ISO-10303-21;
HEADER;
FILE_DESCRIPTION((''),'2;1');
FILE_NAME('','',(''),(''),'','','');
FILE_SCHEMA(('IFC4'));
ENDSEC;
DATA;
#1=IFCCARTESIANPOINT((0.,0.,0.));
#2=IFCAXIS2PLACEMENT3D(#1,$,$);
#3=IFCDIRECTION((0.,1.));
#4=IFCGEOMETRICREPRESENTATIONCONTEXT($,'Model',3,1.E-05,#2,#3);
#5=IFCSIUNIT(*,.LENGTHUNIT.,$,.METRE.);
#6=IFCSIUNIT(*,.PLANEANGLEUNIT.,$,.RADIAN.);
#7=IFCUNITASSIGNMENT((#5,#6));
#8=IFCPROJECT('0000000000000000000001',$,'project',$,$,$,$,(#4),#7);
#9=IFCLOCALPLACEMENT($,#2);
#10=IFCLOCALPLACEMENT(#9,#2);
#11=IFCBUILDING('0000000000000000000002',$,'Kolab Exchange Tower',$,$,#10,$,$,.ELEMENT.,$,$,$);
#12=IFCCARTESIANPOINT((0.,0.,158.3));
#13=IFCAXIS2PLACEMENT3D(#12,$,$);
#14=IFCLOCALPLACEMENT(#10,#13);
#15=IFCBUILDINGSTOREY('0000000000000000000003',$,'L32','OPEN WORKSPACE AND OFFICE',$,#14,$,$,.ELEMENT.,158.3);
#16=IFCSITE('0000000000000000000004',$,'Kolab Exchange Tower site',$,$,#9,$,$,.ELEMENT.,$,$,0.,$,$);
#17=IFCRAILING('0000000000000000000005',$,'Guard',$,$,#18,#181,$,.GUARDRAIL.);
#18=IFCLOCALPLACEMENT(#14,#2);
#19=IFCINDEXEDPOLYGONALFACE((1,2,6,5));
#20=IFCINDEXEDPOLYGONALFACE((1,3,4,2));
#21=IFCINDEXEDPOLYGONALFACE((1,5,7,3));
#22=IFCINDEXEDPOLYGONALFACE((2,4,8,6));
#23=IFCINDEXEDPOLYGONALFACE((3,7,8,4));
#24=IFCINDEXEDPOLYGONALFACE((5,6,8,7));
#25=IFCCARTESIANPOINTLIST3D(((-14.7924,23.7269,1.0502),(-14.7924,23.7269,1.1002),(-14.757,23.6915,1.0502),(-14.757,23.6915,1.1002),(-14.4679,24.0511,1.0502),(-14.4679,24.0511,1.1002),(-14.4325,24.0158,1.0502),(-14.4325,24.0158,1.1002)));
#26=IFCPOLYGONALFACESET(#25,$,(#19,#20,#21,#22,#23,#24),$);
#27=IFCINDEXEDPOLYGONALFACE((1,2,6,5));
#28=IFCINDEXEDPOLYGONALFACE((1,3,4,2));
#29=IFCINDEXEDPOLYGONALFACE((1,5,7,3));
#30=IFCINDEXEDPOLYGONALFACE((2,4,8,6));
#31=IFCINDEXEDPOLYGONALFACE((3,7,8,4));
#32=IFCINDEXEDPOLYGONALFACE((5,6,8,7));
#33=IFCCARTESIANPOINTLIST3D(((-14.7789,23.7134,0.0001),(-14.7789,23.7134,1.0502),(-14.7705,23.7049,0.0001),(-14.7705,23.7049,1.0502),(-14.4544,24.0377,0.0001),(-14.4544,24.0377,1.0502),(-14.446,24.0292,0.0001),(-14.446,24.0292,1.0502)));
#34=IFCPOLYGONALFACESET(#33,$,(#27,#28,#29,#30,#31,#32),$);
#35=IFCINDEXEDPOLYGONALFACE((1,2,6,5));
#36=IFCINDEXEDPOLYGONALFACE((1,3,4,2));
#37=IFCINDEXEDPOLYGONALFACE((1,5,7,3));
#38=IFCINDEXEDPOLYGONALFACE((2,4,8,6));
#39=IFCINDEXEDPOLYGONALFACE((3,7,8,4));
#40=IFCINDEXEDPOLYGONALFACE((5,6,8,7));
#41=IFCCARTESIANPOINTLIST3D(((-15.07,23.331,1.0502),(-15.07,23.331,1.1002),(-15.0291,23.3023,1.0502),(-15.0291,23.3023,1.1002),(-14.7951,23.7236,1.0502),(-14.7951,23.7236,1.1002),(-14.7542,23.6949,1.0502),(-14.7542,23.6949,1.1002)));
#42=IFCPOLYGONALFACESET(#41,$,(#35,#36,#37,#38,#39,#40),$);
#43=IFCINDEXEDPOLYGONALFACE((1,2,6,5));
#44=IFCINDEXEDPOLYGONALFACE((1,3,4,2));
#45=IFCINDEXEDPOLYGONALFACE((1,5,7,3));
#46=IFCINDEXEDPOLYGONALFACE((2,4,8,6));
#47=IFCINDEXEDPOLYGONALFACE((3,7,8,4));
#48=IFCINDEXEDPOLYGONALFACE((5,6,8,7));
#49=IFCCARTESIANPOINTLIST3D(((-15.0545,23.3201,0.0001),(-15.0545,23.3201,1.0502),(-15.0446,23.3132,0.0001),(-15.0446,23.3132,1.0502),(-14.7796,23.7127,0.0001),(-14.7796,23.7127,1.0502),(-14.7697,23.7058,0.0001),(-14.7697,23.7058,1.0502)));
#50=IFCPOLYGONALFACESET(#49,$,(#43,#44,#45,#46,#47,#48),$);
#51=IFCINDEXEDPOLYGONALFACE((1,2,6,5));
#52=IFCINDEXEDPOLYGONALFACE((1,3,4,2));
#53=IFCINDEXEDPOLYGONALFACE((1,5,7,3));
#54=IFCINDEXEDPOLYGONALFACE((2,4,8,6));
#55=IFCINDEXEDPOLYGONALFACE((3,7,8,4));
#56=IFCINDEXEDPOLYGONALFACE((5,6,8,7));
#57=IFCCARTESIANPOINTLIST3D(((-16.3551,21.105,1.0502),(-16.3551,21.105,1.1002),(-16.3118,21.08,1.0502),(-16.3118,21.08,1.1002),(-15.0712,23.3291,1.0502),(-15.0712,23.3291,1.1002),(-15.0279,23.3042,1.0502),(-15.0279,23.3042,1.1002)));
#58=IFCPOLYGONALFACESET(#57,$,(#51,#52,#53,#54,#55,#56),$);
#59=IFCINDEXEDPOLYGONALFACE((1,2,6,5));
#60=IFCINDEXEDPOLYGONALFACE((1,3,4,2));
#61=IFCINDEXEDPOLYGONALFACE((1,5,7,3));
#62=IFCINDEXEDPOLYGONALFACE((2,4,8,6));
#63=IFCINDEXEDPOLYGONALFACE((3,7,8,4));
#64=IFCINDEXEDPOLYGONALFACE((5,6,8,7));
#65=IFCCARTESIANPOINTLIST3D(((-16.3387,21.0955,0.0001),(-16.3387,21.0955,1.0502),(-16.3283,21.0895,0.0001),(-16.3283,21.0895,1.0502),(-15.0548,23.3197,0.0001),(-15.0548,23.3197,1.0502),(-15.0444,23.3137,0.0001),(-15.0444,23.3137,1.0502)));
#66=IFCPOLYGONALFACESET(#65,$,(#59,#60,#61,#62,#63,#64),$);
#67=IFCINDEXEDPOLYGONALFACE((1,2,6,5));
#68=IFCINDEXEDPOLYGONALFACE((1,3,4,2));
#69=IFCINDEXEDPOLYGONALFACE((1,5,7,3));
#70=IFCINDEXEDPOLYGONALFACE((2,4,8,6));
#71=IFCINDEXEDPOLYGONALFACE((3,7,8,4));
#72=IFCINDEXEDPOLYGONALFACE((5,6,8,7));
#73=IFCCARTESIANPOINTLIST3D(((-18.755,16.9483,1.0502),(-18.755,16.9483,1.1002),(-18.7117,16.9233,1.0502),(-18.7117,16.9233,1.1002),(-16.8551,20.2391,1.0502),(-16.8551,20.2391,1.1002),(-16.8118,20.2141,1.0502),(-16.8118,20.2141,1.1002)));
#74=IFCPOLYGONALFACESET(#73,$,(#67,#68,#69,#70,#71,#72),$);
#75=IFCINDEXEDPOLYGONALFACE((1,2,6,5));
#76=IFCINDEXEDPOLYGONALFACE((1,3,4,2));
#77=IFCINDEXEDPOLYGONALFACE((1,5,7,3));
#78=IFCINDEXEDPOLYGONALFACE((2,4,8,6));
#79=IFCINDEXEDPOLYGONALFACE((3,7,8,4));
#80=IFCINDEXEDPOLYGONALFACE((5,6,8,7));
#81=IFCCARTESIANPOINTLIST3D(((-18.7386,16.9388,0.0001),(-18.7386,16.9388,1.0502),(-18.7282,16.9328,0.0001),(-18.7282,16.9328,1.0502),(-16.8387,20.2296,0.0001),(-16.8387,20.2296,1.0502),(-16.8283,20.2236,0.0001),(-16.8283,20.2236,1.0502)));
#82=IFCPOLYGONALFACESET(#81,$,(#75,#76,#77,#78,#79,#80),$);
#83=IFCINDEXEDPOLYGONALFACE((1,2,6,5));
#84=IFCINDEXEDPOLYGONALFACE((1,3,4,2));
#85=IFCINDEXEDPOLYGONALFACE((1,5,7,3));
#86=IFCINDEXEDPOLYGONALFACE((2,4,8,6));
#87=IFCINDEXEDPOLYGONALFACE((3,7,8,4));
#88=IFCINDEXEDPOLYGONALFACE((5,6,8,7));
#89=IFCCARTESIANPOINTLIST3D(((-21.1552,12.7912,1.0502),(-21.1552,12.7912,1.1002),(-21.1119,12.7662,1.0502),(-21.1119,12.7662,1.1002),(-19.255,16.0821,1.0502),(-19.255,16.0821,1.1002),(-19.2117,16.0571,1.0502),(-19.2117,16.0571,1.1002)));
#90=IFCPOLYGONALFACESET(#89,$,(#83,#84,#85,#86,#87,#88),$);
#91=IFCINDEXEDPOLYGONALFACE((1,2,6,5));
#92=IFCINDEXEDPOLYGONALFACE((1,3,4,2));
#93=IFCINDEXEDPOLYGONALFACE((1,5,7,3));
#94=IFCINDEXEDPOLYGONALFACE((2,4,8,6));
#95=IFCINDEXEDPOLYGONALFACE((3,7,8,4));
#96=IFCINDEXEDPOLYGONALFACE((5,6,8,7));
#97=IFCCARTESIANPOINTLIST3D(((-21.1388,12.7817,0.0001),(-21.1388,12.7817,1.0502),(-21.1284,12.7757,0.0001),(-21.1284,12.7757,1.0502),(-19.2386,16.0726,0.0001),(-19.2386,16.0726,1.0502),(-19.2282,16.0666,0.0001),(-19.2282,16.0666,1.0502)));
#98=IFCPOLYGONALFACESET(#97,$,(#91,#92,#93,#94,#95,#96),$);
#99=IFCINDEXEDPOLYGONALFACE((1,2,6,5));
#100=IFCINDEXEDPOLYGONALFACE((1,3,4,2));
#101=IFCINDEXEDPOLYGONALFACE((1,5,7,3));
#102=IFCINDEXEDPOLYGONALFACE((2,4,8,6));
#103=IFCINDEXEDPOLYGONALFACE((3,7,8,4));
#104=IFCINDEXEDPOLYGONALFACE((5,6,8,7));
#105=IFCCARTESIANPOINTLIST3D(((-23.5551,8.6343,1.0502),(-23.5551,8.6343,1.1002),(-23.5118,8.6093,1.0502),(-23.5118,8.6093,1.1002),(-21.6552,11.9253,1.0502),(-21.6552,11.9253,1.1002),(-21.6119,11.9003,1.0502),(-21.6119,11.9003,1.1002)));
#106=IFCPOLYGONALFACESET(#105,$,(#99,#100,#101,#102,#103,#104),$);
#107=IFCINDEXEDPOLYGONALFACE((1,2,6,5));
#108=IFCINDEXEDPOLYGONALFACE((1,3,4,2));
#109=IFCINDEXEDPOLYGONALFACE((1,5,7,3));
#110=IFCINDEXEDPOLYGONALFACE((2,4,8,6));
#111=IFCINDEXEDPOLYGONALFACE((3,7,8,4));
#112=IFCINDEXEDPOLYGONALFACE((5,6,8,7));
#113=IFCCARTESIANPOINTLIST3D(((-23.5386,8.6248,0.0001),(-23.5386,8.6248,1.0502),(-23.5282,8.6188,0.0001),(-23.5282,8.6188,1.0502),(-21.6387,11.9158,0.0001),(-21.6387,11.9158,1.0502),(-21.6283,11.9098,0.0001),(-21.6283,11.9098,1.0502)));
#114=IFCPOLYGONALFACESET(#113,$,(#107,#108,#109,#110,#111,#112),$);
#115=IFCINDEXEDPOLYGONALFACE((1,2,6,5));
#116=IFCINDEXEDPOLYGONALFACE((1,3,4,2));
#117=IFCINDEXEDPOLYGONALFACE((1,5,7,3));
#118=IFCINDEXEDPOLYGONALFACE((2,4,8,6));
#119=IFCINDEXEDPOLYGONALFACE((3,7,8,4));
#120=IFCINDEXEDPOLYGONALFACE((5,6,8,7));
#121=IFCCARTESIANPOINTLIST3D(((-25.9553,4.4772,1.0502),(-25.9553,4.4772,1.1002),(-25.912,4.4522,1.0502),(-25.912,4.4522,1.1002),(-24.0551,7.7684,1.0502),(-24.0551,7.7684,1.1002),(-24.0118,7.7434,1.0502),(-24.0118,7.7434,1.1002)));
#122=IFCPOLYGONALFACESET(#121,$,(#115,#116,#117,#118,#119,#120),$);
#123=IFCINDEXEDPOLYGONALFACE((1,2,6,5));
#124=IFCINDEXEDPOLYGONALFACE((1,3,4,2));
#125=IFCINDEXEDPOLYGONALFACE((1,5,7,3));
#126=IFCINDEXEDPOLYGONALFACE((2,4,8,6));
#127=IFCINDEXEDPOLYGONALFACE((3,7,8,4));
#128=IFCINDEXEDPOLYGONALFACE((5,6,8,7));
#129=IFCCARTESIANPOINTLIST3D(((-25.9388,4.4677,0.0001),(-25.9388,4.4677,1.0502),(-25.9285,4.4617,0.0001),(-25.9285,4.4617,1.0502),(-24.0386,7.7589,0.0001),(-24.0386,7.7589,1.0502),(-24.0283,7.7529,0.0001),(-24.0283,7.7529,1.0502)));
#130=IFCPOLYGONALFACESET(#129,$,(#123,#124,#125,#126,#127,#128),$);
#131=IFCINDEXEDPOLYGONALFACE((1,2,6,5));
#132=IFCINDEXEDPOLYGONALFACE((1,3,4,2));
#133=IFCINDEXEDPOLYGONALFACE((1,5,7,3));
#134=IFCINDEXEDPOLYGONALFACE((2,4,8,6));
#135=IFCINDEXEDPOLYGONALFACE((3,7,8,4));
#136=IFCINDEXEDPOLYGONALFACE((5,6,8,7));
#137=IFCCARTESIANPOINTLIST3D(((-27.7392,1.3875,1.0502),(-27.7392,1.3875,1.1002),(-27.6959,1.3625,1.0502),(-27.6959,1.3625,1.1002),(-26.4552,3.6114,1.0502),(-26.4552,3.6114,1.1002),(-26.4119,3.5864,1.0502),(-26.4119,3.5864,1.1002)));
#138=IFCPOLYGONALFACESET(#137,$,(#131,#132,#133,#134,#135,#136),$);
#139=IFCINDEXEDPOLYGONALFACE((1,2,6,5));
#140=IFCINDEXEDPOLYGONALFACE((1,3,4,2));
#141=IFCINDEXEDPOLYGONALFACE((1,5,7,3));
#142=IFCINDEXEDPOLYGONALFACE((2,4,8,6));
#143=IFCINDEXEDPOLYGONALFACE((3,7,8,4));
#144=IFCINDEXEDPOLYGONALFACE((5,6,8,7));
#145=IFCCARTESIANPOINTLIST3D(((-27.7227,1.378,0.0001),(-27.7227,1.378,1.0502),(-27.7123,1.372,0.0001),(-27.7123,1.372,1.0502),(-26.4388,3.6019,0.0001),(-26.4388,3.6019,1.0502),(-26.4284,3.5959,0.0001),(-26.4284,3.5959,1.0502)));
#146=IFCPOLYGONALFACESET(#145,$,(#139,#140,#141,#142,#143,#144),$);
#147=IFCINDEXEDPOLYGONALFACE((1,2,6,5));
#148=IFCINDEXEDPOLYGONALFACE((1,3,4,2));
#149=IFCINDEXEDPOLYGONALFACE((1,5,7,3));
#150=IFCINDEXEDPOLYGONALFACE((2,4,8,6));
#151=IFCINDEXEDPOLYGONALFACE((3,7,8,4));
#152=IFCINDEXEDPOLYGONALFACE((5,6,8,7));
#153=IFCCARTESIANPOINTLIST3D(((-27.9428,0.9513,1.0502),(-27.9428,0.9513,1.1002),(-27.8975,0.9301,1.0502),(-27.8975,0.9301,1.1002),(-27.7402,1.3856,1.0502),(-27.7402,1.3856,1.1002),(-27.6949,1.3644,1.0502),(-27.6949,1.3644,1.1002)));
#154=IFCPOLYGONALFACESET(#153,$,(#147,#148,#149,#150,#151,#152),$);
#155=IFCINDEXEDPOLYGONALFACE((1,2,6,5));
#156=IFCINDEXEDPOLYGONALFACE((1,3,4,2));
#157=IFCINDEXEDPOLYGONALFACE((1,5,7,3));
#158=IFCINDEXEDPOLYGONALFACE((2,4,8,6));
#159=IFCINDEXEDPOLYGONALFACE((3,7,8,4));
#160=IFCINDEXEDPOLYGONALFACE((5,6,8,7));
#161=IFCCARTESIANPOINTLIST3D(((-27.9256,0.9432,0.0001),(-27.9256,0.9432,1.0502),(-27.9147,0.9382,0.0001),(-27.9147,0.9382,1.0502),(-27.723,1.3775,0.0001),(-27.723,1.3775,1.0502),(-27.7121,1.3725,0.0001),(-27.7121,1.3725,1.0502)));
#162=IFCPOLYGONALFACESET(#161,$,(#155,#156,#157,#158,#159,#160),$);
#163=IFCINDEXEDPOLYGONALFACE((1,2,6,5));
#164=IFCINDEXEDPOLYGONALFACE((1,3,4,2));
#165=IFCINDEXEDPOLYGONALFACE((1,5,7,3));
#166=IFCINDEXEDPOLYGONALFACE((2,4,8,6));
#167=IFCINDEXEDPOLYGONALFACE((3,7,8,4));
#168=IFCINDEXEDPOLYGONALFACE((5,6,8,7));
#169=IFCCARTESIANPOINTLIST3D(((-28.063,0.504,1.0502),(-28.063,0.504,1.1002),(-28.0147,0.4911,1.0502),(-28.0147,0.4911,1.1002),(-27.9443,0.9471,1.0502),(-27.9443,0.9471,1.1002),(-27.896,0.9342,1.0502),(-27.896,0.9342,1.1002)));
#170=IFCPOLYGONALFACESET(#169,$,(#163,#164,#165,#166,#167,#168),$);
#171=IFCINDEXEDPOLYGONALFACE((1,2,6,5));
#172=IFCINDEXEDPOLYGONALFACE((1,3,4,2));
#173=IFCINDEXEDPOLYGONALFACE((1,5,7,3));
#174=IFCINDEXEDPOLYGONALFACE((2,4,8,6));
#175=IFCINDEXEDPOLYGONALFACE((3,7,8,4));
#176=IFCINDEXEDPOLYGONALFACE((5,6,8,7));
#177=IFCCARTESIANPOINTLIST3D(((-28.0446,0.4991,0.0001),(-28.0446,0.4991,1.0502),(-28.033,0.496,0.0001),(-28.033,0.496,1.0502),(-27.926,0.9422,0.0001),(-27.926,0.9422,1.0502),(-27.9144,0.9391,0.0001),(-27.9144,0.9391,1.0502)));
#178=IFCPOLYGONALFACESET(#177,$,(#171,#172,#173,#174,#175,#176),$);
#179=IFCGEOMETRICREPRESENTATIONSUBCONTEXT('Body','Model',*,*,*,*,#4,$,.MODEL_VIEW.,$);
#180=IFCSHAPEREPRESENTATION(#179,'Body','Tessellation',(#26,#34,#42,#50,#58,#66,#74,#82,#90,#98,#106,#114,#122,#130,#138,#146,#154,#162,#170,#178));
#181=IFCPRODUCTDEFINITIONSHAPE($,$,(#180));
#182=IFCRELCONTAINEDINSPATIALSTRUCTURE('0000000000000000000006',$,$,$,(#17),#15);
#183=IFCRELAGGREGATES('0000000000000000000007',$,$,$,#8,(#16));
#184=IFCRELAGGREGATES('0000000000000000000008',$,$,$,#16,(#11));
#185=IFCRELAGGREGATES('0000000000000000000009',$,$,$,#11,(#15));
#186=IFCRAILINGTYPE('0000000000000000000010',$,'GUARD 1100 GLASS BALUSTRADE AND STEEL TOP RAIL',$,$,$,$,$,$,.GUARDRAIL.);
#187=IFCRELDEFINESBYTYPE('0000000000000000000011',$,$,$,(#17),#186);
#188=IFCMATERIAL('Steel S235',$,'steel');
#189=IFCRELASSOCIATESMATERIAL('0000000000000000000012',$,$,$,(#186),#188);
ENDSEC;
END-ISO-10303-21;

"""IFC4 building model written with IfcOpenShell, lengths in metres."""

from ifc_helpers import new_model, si_unit, direction, frame, frame_2d, origin, origin_2d, place, context, subcontext, project, spatial, rectangle, extrude, material, type_object, element, save


model = new_model("IFC4")

# Units and contexts
model_context = context("Model", 3, precision=1e-05, world=origin(), true_north=direction((0.0, 1.0)))
body_context = subcontext(model_context, "Body", "Model", "MODEL_VIEW")
ifc_project = project(units=[si_unit("LENGTHUNIT", "METRE"), si_unit("PLANEANGLEUNIT", "RADIAN")], contexts=[model_context])

# Site, building, storey
site_placement = place(None, origin())
site = spatial("IfcSite", under=ifc_project, at=site_placement, Name="Kolab Exchange Tower site", CompositionType="ELEMENT", RefElevation=0.0)
building_placement = place(site_placement, origin())
building = spatial("IfcBuilding", under=site, at=building_placement, Name="Kolab Exchange Tower", CompositionType="ELEMENT")
storey_placement = place(building_placement, frame((0.0, 0.0, 158.3)))
storey = spatial("IfcBuildingStorey", under=building, at=storey_placement, Name="L32", Description="OPEN WORKSPACE AND OFFICE", CompositionType="ELEMENT", Elevation=158.3)

# Shared definitions
ifc_material_1 = material(Name="Steel S235", Category="steel")

# Railing
railing_type = type_object("IfcRailingType", Name="GUARD 1100 GLASS BALUSTRADE AND STEEL TOP RAIL", PredefinedType="GUARDRAIL", material=ifc_material_1)
railing_placement = place(storey_placement, frame((-14.4502, 24.0334, 0.0)))
element("IfcRailing", 1, at=railing_placement, inside=storey, type_object=railing_type, Name="Guard", PredefinedType="GUARDRAIL", context=body_context, shape_type="SweptSolid", body=[
    extrude(rectangle(XDim=0.05, YDim=0.05, at=origin_2d()), frame((0.0, 0.0, 1.0752), z_axis=(-0.707373, -0.706841, 0.0), x_axis=(0.706841, -0.707373, 0.0)), (0.0, 0.0, 1.0), 0.4587),
    extrude(rectangle(XDim=0.012, YDim=1.0501, at=frame_2d((0.0, 0.5251))), frame((0.0, 0.0, 0.0), z_axis=(-0.707373, -0.706841, 0.0), x_axis=(0.706841, -0.707373, 0.0)), (0.0, 0.0, 1.0), 0.4587),
    extrude(rectangle(XDim=0.05, YDim=0.05, at=origin_2d()), frame((-0.3245, -0.3242, 1.0752), z_axis=(-0.573599, -0.819136, 0.0), x_axis=(0.819136, -0.573599, 0.0)), (0.0, 0.0, 1.0), 0.4792),
    extrude(rectangle(XDim=0.012, YDim=1.0501, at=frame_2d((0.0, 0.5251))), frame((-0.3245, -0.3242, 0.0), z_axis=(-0.573599, -0.819136, 0.0), x_axis=(0.819136, -0.573599, 0.0)), (0.0, 0.0, 1.0), 0.4792),
    extrude(rectangle(XDim=0.05, YDim=0.05, at=origin_2d()), frame((-0.5994, -0.7168, 1.0752), z_axis=(-0.499953, -0.866053, 0.0), x_axis=(0.866053, -0.499953, 0.0)), (0.0, 0.0, 1.0), 2.5681),
    extrude(rectangle(XDim=0.012, YDim=1.0501, at=frame_2d((0.0, 0.5251))), frame((-0.5994, -0.7168, 0.0), z_axis=(-0.499953, -0.866053, 0.0), x_axis=(0.866053, -0.499953, 0.0)), (0.0, 0.0, 1.0), 2.5681),
    extrude(rectangle(XDim=0.05, YDim=0.05, at=origin_2d()), frame((-2.3833, -3.8069, 1.0752), z_axis=(-0.499995, -0.866028, 0.0), x_axis=(0.866028, -0.499995, 0.0)), (0.0, 0.0, 1.0), 3.7998),
    extrude(rectangle(XDim=0.012, YDim=1.0501, at=frame_2d((0.0, 0.5251))), frame((-2.3833, -3.8069, 0.0), z_axis=(-0.499995, -0.866028, 0.0), x_axis=(0.866028, -0.499995, 0.0)), (0.0, 0.0, 1.0), 3.7998),
    extrude(rectangle(XDim=0.05, YDim=0.05, at=origin_2d()), frame((-4.7832, -7.9639, 1.0752), z_axis=(-0.500043, -0.866, 0.0), x_axis=(0.866, -0.500043, 0.0)), (0.0, 0.0, 1.0), 3.8),
    extrude(rectangle(XDim=0.012, YDim=1.0501, at=frame_2d((0.0, 0.5251))), frame((-4.7832, -7.9639, 0.0), z_axis=(-0.500043, -0.866, 0.0), x_axis=(0.866, -0.500043, 0.0)), (0.0, 0.0, 1.0), 3.8),
    extrude(rectangle(XDim=0.05, YDim=0.05, at=origin_2d()), frame((-7.1833, -12.1206, 1.0752), z_axis=(-0.499967, -0.866044, 0.0), x_axis=(0.866044, -0.499967, 0.0)), (0.0, 0.0, 1.0), 3.8),
    extrude(rectangle(XDim=0.012, YDim=1.0501, at=frame_2d((0.0, 0.5251))), frame((-7.1833, -12.1206, 0.0), z_axis=(-0.499967, -0.866044, 0.0), x_axis=(0.866044, -0.499967, 0.0)), (0.0, 0.0, 1.0), 3.8),
    extrude(rectangle(XDim=0.05, YDim=0.05, at=origin_2d()), frame((-9.5833, -16.2776, 1.0752), z_axis=(-0.500015, -0.866017, 0.0), x_axis=(0.866017, -0.500015, 0.0)), (0.0, 0.0, 1.0), 3.8003),
    extrude(rectangle(XDim=0.012, YDim=1.0501, at=frame_2d((0.0, 0.5251))), frame((-9.5833, -16.2776, 0.0), z_axis=(-0.500015, -0.866017, 0.0), x_axis=(0.866017, -0.500015, 0.0)), (0.0, 0.0, 1.0), 3.8003),
    extrude(rectangle(XDim=0.05, YDim=0.05, at=origin_2d()), frame((-11.9834, -20.4346, 1.0752), z_axis=(-0.499994, -0.866029, 0.0), x_axis=(0.866029, -0.499994, 0.0)), (0.0, 0.0, 1.0), 2.5679),
    extrude(rectangle(XDim=0.012, YDim=1.0501, at=frame_2d((0.0, 0.5251))), frame((-11.9834, -20.4346, 0.0), z_axis=(-0.499994, -0.866029, 0.0), x_axis=(0.866029, -0.499994, 0.0)), (0.0, 0.0, 1.0), 2.5679),
    extrude(rectangle(XDim=0.05, YDim=0.05, at=origin_2d()), frame((-13.2673, -22.6584, 1.0752), z_axis=(-0.422802, -0.906222, 0.0), x_axis=(0.906222, -0.422802, 0.0)), (0.0, 0.0, 1.0), 0.4792),
    extrude(rectangle(XDim=0.012, YDim=1.0501, at=frame_2d((0.0, 0.5251))), frame((-13.2673, -22.6584, 0.0), z_axis=(-0.422802, -0.906222, 0.0), x_axis=(0.906222, -0.422802, 0.0)), (0.0, 0.0, 1.0), 0.4792),
    extrude(rectangle(XDim=0.05, YDim=0.05, at=origin_2d()), frame((-13.47, -23.0928, 1.0752), z_axis=(-0.258656, -0.965969, 0.0), x_axis=(0.965969, -0.258656, 0.0)), (0.0, 0.0, 1.0), 0.4587),
    extrude(rectangle(XDim=0.012, YDim=1.0501, at=frame_2d((0.0, 0.5251))), frame((-13.47, -23.0928, 0.0), z_axis=(-0.258656, -0.965969, 0.0), x_axis=(0.965969, -0.258656, 0.0)), (0.0, 0.0, 1.0), 0.4587),
])

save(model, "model.ifc")
